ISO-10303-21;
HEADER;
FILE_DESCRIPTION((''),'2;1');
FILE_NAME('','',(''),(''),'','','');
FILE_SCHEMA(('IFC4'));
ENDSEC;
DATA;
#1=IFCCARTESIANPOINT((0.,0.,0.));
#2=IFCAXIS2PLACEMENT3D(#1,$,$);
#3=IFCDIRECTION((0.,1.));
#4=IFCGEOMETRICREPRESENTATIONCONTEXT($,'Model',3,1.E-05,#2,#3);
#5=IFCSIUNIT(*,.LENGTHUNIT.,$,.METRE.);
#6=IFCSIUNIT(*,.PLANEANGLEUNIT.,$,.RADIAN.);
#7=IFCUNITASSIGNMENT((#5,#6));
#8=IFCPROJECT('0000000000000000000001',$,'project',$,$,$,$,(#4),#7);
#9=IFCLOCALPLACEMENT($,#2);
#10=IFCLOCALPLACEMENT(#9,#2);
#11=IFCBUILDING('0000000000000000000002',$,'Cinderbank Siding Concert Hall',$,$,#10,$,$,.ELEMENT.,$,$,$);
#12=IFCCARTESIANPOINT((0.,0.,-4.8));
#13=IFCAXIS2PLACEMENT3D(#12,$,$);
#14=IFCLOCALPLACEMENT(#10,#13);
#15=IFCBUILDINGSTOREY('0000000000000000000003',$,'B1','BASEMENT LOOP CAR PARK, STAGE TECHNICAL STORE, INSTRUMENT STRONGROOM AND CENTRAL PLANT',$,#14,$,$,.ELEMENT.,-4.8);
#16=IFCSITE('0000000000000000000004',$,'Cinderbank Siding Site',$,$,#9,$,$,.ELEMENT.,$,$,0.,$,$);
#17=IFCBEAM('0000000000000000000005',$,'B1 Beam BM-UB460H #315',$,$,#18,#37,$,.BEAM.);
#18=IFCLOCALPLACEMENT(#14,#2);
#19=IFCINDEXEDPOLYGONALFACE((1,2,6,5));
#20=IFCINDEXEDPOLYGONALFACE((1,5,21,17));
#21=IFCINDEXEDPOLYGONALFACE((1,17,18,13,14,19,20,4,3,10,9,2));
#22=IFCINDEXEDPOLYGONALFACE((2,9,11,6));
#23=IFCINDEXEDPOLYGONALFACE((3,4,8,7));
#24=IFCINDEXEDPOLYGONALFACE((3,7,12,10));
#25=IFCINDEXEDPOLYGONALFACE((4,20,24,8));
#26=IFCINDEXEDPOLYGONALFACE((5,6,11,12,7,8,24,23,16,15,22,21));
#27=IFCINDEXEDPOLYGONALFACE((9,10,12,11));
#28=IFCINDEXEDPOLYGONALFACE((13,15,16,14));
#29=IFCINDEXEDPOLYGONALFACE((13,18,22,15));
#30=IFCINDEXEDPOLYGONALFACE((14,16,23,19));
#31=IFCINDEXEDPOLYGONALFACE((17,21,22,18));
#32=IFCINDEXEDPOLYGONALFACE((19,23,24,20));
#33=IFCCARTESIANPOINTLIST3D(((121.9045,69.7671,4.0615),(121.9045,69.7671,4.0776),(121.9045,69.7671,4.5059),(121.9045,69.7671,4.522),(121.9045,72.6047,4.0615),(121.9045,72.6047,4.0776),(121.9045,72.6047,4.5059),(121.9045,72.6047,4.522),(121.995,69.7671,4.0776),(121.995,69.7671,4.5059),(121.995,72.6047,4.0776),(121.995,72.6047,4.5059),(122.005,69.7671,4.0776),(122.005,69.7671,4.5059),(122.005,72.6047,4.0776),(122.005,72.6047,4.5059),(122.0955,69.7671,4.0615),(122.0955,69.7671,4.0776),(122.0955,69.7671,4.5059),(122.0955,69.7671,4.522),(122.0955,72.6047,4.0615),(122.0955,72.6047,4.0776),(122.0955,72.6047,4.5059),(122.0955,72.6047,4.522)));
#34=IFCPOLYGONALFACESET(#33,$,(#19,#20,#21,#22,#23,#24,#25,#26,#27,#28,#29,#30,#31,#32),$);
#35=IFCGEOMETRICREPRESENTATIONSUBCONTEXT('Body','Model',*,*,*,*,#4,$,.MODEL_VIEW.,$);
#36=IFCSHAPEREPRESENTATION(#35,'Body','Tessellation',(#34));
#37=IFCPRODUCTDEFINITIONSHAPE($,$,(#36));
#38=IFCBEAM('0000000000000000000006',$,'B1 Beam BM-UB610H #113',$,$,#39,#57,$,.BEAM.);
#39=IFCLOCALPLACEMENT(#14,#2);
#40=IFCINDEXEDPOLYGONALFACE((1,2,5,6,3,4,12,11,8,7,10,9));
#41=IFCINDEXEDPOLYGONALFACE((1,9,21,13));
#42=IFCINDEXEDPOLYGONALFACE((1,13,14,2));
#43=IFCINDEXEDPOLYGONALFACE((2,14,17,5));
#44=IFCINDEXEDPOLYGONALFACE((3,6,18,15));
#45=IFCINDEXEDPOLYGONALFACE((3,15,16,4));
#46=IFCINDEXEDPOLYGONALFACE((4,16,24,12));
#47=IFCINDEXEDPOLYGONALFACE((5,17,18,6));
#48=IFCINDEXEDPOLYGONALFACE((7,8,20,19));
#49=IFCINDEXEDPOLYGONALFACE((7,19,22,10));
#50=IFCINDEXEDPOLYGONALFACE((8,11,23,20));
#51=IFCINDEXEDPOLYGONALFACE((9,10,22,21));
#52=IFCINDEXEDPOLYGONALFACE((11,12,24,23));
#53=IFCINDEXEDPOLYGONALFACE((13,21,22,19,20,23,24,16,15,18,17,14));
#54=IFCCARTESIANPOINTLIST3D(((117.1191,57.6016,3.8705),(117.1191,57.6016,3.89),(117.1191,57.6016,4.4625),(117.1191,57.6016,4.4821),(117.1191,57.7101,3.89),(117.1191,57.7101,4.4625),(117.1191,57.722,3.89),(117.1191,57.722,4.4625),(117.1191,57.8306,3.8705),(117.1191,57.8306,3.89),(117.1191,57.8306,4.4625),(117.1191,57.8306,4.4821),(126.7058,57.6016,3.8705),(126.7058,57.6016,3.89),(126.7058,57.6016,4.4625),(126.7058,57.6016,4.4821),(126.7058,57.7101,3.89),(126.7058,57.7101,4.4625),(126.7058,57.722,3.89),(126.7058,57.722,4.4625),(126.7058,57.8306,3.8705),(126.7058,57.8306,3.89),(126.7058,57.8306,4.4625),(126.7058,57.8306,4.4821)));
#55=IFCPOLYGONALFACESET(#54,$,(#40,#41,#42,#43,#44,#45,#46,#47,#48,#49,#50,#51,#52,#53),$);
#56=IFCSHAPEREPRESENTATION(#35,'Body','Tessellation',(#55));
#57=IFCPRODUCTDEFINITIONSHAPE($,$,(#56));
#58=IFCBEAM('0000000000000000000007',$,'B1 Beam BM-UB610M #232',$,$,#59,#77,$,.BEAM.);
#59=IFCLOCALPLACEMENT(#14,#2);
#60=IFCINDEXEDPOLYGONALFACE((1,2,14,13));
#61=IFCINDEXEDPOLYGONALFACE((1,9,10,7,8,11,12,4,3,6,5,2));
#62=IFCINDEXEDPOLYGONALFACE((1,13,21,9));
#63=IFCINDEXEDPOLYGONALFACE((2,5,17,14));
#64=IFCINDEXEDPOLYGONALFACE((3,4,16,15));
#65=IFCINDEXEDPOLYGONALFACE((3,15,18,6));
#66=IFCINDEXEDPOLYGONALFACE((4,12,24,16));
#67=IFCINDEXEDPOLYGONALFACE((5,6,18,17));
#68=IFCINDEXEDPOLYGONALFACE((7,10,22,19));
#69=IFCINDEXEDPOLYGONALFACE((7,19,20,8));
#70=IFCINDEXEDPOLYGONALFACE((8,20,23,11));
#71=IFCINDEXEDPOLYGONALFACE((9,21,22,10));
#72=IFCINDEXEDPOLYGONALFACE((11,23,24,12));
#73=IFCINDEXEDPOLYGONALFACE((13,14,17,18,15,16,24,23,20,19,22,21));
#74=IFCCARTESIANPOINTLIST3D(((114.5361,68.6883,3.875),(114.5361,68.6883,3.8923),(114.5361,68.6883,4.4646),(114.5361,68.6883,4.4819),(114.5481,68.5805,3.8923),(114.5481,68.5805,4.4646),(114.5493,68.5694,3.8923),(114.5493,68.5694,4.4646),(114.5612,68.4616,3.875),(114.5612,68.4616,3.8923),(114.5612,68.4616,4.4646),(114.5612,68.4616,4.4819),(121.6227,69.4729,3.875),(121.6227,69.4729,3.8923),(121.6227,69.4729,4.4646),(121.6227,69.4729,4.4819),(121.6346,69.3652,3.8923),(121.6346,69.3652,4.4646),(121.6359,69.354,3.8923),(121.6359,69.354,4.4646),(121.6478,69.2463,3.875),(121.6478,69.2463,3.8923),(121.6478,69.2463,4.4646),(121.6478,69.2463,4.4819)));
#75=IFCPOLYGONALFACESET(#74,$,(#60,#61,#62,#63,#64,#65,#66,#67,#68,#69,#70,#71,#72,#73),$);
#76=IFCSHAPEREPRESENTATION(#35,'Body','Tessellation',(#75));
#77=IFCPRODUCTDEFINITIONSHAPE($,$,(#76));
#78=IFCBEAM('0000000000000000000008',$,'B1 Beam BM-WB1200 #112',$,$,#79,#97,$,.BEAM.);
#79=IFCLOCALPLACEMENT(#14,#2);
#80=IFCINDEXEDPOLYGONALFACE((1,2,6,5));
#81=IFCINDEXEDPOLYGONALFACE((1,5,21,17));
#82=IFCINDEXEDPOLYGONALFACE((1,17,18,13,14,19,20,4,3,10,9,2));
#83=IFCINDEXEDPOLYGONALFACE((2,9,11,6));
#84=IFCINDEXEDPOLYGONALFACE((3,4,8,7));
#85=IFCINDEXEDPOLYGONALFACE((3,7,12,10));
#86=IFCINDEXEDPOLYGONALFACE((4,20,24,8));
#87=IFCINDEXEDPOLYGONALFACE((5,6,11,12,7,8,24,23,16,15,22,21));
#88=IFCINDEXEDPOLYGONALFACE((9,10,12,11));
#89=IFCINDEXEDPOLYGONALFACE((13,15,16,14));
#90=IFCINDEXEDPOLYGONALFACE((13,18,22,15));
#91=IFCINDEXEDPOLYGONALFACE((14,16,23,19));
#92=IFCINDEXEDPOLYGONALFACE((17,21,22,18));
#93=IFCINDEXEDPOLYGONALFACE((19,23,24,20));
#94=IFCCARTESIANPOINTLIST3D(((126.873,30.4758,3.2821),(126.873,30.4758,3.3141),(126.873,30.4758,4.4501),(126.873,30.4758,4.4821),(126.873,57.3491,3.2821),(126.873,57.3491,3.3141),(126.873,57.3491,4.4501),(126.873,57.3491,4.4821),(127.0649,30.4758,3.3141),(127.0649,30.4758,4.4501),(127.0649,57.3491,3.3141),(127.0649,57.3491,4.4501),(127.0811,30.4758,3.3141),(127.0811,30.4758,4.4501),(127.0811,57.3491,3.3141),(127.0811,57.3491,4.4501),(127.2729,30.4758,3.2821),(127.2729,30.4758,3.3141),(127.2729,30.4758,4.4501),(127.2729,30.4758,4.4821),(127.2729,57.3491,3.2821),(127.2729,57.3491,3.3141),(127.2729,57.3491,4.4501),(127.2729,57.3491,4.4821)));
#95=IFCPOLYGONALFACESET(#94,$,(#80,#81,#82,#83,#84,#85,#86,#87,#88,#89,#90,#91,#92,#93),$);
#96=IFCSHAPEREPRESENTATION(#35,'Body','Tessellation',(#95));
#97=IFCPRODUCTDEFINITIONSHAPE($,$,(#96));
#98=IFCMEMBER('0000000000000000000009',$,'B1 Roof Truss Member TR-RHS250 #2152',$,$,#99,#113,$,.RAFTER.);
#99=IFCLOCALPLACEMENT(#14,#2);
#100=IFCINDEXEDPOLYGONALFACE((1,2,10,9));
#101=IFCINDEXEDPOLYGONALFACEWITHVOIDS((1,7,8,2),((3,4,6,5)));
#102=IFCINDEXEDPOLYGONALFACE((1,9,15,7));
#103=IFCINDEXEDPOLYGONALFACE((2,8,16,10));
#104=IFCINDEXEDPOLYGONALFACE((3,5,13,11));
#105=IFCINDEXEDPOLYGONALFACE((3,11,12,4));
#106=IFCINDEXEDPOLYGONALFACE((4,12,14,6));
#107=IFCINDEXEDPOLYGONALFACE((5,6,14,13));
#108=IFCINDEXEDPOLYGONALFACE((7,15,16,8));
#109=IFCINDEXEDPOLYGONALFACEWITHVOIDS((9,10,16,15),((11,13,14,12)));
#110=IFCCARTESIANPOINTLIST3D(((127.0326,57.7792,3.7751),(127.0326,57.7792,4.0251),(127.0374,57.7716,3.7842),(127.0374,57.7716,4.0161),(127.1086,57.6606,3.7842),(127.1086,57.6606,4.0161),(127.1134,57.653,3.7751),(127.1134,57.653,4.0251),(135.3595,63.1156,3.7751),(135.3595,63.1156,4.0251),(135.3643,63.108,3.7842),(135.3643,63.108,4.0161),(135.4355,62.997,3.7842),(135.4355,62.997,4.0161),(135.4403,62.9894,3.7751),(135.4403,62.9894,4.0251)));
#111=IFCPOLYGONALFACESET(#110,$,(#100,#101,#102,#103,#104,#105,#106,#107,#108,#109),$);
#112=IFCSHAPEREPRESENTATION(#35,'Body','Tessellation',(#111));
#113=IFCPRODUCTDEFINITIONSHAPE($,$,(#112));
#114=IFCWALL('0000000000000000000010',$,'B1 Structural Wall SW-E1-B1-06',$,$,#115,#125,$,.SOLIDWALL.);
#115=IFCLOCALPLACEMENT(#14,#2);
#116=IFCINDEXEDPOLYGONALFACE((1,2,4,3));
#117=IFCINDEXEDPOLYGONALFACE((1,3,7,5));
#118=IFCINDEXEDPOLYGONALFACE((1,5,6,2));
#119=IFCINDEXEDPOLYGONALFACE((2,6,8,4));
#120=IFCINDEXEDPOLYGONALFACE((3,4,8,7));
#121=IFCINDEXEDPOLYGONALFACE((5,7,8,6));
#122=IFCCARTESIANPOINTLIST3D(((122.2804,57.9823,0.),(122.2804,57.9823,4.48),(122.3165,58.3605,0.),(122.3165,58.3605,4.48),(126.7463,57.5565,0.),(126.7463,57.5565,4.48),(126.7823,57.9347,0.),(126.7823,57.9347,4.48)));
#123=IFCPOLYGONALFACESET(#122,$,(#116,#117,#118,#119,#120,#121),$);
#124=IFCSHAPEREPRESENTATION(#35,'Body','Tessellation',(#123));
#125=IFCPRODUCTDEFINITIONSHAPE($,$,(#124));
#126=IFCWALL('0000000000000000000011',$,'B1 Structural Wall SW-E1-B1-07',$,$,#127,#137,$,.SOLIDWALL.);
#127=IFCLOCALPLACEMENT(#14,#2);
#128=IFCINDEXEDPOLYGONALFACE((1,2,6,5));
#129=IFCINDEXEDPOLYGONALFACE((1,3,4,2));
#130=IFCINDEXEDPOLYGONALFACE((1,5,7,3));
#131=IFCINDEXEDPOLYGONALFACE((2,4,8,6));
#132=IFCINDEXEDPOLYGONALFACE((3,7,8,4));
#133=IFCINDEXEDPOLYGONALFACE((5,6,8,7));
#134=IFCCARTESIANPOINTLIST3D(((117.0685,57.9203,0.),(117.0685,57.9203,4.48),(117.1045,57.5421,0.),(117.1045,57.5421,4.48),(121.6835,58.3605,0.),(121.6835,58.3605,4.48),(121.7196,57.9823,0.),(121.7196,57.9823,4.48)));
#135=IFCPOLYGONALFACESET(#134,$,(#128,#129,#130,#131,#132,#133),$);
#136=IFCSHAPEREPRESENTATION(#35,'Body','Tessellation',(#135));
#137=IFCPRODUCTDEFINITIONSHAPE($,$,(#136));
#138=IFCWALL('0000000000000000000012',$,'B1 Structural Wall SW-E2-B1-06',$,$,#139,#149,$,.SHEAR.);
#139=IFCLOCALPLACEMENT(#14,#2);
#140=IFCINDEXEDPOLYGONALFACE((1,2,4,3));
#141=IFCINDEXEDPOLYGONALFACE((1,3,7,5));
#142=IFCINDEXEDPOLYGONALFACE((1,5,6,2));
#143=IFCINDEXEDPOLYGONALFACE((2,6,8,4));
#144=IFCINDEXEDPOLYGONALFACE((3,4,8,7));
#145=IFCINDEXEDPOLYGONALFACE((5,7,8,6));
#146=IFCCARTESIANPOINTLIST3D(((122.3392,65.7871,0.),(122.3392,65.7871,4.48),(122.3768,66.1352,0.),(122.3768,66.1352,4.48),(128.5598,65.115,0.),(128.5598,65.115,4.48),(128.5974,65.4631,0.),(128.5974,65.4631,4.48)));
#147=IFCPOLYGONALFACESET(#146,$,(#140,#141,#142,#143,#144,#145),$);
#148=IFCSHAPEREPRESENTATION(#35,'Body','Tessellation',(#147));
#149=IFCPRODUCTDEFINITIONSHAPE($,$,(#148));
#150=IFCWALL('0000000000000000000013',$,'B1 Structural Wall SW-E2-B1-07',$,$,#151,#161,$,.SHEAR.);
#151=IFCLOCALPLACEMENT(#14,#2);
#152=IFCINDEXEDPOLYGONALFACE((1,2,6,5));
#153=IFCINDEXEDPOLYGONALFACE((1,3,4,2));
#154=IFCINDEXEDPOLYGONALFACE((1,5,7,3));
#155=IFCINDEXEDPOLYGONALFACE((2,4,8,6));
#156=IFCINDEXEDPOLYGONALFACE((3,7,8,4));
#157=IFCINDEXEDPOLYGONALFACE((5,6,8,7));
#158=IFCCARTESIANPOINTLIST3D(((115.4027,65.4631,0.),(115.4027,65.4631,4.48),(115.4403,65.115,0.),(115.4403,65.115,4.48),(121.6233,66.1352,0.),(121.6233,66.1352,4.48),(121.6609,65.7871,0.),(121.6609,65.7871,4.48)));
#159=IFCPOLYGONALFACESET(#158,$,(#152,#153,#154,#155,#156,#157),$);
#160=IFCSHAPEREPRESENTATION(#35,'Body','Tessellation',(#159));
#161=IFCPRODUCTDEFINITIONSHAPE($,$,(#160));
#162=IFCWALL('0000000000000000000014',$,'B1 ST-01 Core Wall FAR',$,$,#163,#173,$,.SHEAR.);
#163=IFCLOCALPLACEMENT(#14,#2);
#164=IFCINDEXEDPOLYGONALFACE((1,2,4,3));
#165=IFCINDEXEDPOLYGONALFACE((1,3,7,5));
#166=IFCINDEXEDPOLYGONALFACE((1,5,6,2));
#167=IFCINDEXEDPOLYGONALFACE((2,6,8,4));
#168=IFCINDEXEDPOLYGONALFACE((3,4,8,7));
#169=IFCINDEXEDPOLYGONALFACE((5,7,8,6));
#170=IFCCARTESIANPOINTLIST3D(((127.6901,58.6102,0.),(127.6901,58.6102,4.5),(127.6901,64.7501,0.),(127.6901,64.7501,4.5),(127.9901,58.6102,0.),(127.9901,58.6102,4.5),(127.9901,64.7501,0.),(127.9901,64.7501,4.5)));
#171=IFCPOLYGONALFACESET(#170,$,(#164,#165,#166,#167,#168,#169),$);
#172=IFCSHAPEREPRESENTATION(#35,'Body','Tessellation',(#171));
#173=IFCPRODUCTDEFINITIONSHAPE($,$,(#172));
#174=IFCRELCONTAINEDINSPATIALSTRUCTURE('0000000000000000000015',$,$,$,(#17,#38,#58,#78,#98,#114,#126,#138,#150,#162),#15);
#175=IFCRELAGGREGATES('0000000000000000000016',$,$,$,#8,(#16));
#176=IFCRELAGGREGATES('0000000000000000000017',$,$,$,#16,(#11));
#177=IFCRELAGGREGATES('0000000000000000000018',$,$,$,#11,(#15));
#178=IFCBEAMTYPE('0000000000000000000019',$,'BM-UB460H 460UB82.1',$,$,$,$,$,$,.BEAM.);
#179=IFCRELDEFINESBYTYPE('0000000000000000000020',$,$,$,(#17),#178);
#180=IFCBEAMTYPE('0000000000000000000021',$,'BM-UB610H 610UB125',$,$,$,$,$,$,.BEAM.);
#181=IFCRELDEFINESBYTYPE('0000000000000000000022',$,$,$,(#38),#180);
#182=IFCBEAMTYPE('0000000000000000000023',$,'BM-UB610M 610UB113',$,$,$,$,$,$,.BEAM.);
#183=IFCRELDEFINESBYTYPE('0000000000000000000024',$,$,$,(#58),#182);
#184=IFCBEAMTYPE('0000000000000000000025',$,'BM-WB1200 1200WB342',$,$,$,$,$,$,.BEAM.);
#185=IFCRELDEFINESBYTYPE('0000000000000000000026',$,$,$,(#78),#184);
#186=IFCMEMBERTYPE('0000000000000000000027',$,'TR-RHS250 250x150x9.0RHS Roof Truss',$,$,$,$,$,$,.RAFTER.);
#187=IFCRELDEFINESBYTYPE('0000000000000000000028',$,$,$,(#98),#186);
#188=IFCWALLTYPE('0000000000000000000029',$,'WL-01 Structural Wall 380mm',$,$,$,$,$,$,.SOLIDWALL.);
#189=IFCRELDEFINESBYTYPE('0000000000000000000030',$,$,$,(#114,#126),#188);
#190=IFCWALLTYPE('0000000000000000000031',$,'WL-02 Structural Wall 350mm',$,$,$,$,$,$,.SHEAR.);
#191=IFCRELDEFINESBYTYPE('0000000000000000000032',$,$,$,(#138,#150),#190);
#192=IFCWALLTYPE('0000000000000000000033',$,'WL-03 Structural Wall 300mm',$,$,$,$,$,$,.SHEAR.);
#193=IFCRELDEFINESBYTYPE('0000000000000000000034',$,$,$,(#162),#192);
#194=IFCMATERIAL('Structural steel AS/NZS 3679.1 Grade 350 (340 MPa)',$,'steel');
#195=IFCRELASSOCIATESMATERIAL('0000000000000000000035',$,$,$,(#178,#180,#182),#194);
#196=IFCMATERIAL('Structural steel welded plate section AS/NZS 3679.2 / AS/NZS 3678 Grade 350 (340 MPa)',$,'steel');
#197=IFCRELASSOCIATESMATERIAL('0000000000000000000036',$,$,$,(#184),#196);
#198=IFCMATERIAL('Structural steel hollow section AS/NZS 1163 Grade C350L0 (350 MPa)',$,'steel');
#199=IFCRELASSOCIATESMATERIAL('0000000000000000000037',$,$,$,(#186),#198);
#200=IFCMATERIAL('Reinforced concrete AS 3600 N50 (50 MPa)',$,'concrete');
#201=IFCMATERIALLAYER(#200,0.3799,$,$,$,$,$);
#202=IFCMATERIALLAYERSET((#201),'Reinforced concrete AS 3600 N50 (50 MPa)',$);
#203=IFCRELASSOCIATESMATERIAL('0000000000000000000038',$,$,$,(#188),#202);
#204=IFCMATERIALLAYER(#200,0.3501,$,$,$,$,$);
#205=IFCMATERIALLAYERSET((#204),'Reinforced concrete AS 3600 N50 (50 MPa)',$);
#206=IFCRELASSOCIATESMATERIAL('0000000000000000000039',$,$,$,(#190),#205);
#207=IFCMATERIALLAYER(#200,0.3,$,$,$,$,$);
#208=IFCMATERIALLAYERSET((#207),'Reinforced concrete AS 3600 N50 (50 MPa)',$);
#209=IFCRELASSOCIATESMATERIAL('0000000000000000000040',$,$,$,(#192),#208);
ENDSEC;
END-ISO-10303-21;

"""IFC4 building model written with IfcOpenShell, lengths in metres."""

from ifc_helpers import new_model, si_unit, direction, frame, frame_2d, origin, origin_2d, place, context, subcontext, project, spatial, rectangle, hollow_rectangle, i_section, extrude, material, layer, layer_set, material_profile, profile_set, type_object, element, save


model = new_model("IFC4")

# Units and contexts
model_context = context("Model", 3, precision=1e-05, world=origin(), true_north=direction((0.0, 1.0)))
body_context = subcontext(model_context, "Body", "Model", "MODEL_VIEW")
ifc_project = project(units=[si_unit("LENGTHUNIT", "METRE"), si_unit("PLANEANGLEUNIT", "RADIAN")], contexts=[model_context])

# Site, building, storey
site_placement = place(None, origin())
site = spatial("IfcSite", under=ifc_project, at=site_placement, Name="Cinderbank Siding Site", CompositionType="ELEMENT", RefElevation=0.0)
building_placement = place(site_placement, origin())
building = spatial("IfcBuilding", under=site, at=building_placement, Name="Cinderbank Siding Concert Hall", CompositionType="ELEMENT")
storey_placement = place(building_placement, frame((0.0, 0.0, -4.8)))
storey = spatial("IfcBuildingStorey", under=building, at=storey_placement, Name="B1", Description="BASEMENT LOOP CAR PARK, STAGE TECHNICAL STORE, INSTRUMENT STRONGROOM AND CENTRAL PLANT", CompositionType="ELEMENT", Elevation=-4.8)

# Shared definitions
ifc_material_1 = material(Name="Reinforced concrete AS 3600 N50 (50 MPa)", Category="concrete")

# Beams
ifc_material_2 = material(Name="Structural steel AS/NZS 3679.1 Grade 350 (340 MPa)", Category="steel")
ifc_material_profile_1 = material_profile(ifc_material_2, i_section(OverallWidth=0.1909, OverallDepth=0.4604, WebThickness=0.01, FlangeThickness=0.0161, at=origin_2d()), Name="460UB82.1", Category="LoadBearing")
ifc_profile_set_1 = profile_set([ifc_material_profile_1], Name="Structural steel AS/NZS 3679.1 Grade 350 (340 MPa)")
beam_type_1 = type_object("IfcBeamType", Name="BM-UB460H 460UB82.1", PredefinedType="BEAM", material=ifc_profile_set_1)
beam_1_placement = place(storey_placement, frame((122.0, 69.7671, 4.2917), z_axis=(0.0, 1.0, 0.0), x_axis=(-1.0, 0.0, 0.0)))
element("IfcBeam", 1, at=beam_1_placement, inside=storey, type_object=beam_type_1, Name="B1 Beam BM-UB460H #315", PredefinedType="BEAM", context=body_context, shape_type="SweptSolid", body=[
    extrude(i_section(OverallWidth=0.1909, OverallDepth=0.4604, WebThickness=0.01, FlangeThickness=0.0161, at=origin_2d()), origin(), (0.0, 0.0, 1.0), 2.8376),
])
ifc_material_profile_2 = material_profile(ifc_material_2, i_section(OverallWidth=0.229, OverallDepth=0.6116, WebThickness=0.012, FlangeThickness=0.0195, at=origin_2d()), Name="610UB125", Category="LoadBearing")
ifc_profile_set_2 = profile_set([ifc_material_profile_2], Name="Structural steel AS/NZS 3679.1 Grade 350 (340 MPa)")
beam_type_2 = type_object("IfcBeamType", Name="BM-UB610H 610UB125", PredefinedType="BEAM", material=ifc_profile_set_2)
beam_2_placement = place(storey_placement, frame((126.7058, 57.7161, 4.1763), z_axis=(-1.0, 0.0, 0.0), x_axis=(0.0, -1.0, 0.0)))
element("IfcBeam", 2, at=beam_2_placement, inside=storey, type_object=beam_type_2, Name="B1 Beam BM-UB610H #113", PredefinedType="BEAM", context=body_context, shape_type="SweptSolid", body=[
    extrude(i_section(OverallWidth=0.229, OverallDepth=0.6116, WebThickness=0.012, FlangeThickness=0.0195, at=origin_2d()), origin(), (0.0, 0.0, 1.0), 9.5867),
])
ifc_material_profile_3 = material_profile(ifc_material_2, i_section(OverallWidth=0.228, OverallDepth=0.6069, WebThickness=0.0112, FlangeThickness=0.0173, at=origin_2d()), Name="610UB113", Category="LoadBearing")
ifc_profile_set_3 = profile_set([ifc_material_profile_3], Name="Structural steel AS/NZS 3679.1 Grade 350 (340 MPa)")
beam_type_3 = type_object("IfcBeamType", Name="BM-UB610M 610UB113", PredefinedType="BEAM", material=ifc_profile_set_3)
beam_3_placement = place(storey_placement, frame((121.6353, 69.3596, 4.1785), z_axis=(-0.993926, -0.110052, 0.0), x_axis=(0.110052, -0.993926, 0.0)))
element("IfcBeam", 3, at=beam_3_placement, inside=storey, type_object=beam_type_3, Name="B1 Beam BM-UB610M #232", PredefinedType="BEAM", context=body_context, shape_type="SweptSolid", body=[
    extrude(i_section(OverallWidth=0.228, OverallDepth=0.6069, WebThickness=0.0112, FlangeThickness=0.0173, at=origin_2d()), origin(), (0.0, 0.0, 1.0), 7.1299),
])
ifc_material_3 = material(Name="Structural steel welded plate section AS/NZS 3679.2 / AS/NZS 3678 Grade 350 (340 MPa)", Category="steel")
ifc_material_profile_4 = material_profile(ifc_material_3, i_section(OverallWidth=0.3999, OverallDepth=1.2, WebThickness=0.0161, FlangeThickness=0.032, at=origin_2d()), Name="1200WB342", Category="LoadBearing")
ifc_profile_set_4 = profile_set([ifc_material_profile_4], Name="Structural steel welded plate section AS/NZS 3679.2 / AS/NZS 3678 Grade 350 (340 MPa)")
beam_type_4 = type_object("IfcBeamType", Name="BM-WB1200 1200WB342", PredefinedType="BEAM", material=ifc_profile_set_4)
beam_4_placement = place(storey_placement, frame((127.073, 57.3491, 3.8821), z_axis=(0.0, -1.0, 0.0), x_axis=(1.0, 0.0, 0.0)))
element("IfcBeam", 4, at=beam_4_placement, inside=storey, type_object=beam_type_4, Name="B1 Beam BM-WB1200 #112", PredefinedType="BEAM", context=body_context, shape_type="SweptSolid", body=[
    extrude(i_section(OverallWidth=0.3999, OverallDepth=1.2, WebThickness=0.0161, FlangeThickness=0.032, at=origin_2d()), origin(), (0.0, 0.0, 1.0), 26.8733),
])

# Member
ifc_material_4 = material(Name="Structural steel hollow section AS/NZS 1163 Grade C350L0 (350 MPa)", Category="steel")
ifc_material_profile_5 = material_profile(ifc_material_4, hollow_rectangle(XDim=0.1499, YDim=0.25, WallThickness=0.009, at=origin_2d()), Name="250x150x9.0RHS", Category="LoadBearing")
ifc_profile_set_5 = profile_set([ifc_material_profile_5], Name="Structural steel hollow section AS/NZS 1163 Grade C350L0 (350 MPa)")
member_type = type_object("IfcMemberType", Name="TR-RHS250 250x150x9.0RHS Roof Truss", PredefinedType="RAFTER", material=ifc_profile_set_5)
member_placement = place(storey_placement, frame((127.073, 57.7161, 3.9001), z_axis=(0.84194, 0.539571, 0.0), x_axis=(-0.539571, 0.84194, 0.0)))
element("IfcMember", 5, at=member_placement, inside=storey, type_object=member_type, Name="B1 Roof Truss Member TR-RHS250 #2152", PredefinedType="RAFTER", context=body_context, shape_type="SweptSolid", body=[
    extrude(hollow_rectangle(XDim=0.1499, YDim=0.25, WallThickness=0.009, at=origin_2d()), origin(), (0.0, 0.0, 1.0), 9.8901),
])

# Walls
ifc_layer_1 = layer(ifc_material_1, 0.3799)
ifc_layer_set_1 = layer_set([ifc_layer_1], Name="Reinforced concrete AS 3600 N50 (50 MPa)")
wall_type_1 = type_object("IfcWallType", Name="WL-01 Structural Wall 380mm", PredefinedType="SOLIDWALL", material=ifc_layer_set_1)
wall_1_placement = place(storey_placement, frame((126.7644, 57.7456, 0.0), z_axis=(0.0, 0.0, 1.0), x_axis=(-0.995486, 0.094912, 0.0)))
element("IfcWall", 6, at=wall_1_placement, inside=storey, type_object=wall_type_1, Name="B1 Structural Wall SW-E1-B1-06", PredefinedType="SOLIDWALL", context=body_context, shape_type="SweptSolid", body=[
    extrude(rectangle(XDim=4.4861, YDim=0.3799, at=frame_2d((2.2432, 0.0))), origin(), (0.0, 0.0, 1.0), 4.48),
])
wall_2_placement = place(storey_placement, frame((121.7014, 58.1714, 0.0), z_axis=(0.0, 0.0, 1.0), x_axis=(-0.995482, -0.094951, 0.0)))
element("IfcWall", 7, at=wall_2_placement, inside=storey, type_object=wall_type_1, Name="B1 Structural Wall SW-E1-B1-07", PredefinedType="SOLIDWALL", context=body_context, shape_type="SweptSolid", body=[
    extrude(rectangle(XDim=4.636, YDim=0.3799, at=frame_2d((2.3179, 0.0))), origin(), (0.0, 0.0, 1.0), 4.48),
])
ifc_layer_2 = layer(ifc_material_1, 0.3501)
ifc_layer_set_2 = layer_set([ifc_layer_2], Name="Reinforced concrete AS 3600 N50 (50 MPa)")
wall_type_2 = type_object("IfcWallType", Name="WL-02 Structural Wall 350mm", PredefinedType="SHEAR", material=ifc_layer_set_2)
for number, where, z_axis, x_axis, name in (
    (8, (128.5786, 65.2891, 0.0), (0.0, 0.0, 1.0), (-0.994214, 0.10742, 0.0), "B1 Structural Wall SW-E2-B1-06"),
    (9, (121.6421, 65.9612, 0.0), (0.0, 0.0, 1.0), (-0.994214, -0.10742, 0.0), "B1 Structural Wall SW-E2-B1-07"),
):
    element("IfcWall", number, at=place(storey_placement, frame(where, z_axis=z_axis, x_axis=x_axis)), inside=storey, type_object=wall_type_2, Name=name, PredefinedType="SHEAR", context=body_context, shape_type="SweptSolid", body=[
        extrude(rectangle(XDim=6.2568, YDim=0.3501, at=frame_2d((3.1284, 0.0))), origin(), (0.0, 0.0, 1.0), 4.48),
    ])
ifc_layer_3 = layer(ifc_material_1, 0.3)
ifc_layer_set_3 = layer_set([ifc_layer_3], Name="Reinforced concrete AS 3600 N50 (50 MPa)")
wall_type_3 = type_object("IfcWallType", Name="WL-03 Structural Wall 300mm", PredefinedType="SHEAR", material=ifc_layer_set_3)
wall_3_placement = place(storey_placement, frame((127.8401, 64.75, 0.0), z_axis=(0.0, 0.0, 1.0), x_axis=(0.0, -1.0, 0.0)))
element("IfcWall", 10, at=wall_3_placement, inside=storey, type_object=wall_type_3, Name="B1 ST-01 Core Wall FAR", PredefinedType="SHEAR", context=body_context, shape_type="SweptSolid", body=[
    extrude(rectangle(XDim=6.1399, YDim=0.3, at=frame_2d((3.0698, 0.0))), origin(), (0.0, 0.0, 1.0), 4.5),
])

save(model, "model.ifc")
